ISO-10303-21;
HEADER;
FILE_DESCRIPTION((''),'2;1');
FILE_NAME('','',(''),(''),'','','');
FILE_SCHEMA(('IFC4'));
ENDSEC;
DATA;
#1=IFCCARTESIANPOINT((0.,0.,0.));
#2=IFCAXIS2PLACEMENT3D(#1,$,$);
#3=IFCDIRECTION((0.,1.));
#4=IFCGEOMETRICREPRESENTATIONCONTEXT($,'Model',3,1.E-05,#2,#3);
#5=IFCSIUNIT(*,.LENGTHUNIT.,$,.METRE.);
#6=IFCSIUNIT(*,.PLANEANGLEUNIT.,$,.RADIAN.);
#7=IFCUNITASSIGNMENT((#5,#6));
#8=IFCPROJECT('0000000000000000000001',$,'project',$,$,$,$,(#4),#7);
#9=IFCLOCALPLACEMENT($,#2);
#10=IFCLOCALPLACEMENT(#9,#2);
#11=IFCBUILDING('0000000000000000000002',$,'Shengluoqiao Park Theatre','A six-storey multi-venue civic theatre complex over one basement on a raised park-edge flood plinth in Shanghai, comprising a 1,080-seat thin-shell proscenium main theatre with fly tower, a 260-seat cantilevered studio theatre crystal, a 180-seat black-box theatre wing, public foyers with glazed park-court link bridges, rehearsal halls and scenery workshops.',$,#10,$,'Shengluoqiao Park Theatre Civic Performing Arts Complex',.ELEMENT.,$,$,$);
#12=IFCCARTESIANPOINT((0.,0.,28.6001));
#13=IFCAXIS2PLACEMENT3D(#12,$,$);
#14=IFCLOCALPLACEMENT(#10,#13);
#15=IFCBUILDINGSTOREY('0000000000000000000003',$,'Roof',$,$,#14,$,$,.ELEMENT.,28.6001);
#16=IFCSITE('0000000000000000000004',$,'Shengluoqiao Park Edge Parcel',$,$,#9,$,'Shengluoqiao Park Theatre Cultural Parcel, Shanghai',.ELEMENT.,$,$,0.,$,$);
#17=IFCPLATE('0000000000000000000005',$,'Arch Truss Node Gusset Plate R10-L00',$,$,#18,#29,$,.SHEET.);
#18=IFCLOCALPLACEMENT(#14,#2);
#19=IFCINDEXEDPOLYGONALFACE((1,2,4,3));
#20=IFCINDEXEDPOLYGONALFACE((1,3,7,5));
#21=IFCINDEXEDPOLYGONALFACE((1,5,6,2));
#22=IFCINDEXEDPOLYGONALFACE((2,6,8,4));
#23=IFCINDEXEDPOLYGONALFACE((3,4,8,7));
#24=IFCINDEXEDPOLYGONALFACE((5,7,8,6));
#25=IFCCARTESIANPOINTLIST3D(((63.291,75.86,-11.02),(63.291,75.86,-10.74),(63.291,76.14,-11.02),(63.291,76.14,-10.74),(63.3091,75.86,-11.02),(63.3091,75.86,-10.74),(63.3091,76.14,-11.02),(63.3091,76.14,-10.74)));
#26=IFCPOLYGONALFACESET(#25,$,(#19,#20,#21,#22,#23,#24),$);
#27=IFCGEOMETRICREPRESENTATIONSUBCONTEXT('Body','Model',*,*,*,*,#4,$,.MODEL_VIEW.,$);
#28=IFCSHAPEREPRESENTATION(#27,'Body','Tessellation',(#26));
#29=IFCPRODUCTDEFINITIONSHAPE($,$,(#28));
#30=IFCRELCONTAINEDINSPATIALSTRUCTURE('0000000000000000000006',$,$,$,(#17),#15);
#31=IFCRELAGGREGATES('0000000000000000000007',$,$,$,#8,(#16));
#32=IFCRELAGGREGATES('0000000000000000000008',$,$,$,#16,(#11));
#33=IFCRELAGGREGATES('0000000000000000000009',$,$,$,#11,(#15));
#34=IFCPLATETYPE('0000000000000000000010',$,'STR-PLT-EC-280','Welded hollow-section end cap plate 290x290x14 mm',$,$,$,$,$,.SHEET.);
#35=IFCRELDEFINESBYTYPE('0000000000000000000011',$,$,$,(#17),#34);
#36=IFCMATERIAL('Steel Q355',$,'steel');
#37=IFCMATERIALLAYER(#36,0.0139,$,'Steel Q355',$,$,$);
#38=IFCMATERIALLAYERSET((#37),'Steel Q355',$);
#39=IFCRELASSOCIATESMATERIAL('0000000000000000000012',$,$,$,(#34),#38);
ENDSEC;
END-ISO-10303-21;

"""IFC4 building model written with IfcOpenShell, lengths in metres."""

from ifc_helpers import new_model, si_unit, direction, frame, origin, origin_2d, place, context, subcontext, project, spatial, rectangle, extrude, material, layer, layer_set, type_object, element, save


model = new_model("IFC4")

# Units and contexts
model_context = context("Model", 3, precision=1e-05, world=origin(), true_north=direction((0.0, 1.0)))
body_context = subcontext(model_context, "Body", "Model", "MODEL_VIEW")
ifc_project = project(units=[si_unit("LENGTHUNIT", "METRE"), si_unit("PLANEANGLEUNIT", "RADIAN")], contexts=[model_context])

# Site, building, storey
site_placement = place(None, origin())
site = spatial("IfcSite", under=ifc_project, at=site_placement, Name="Shengluoqiao Park Edge Parcel", LongName="Shengluoqiao Park Theatre Cultural Parcel, Shanghai", CompositionType="ELEMENT", RefElevation=0.0)
building_placement = place(site_placement, origin())
building = spatial("IfcBuilding", under=site, at=building_placement, Name="Shengluoqiao Park Theatre", Description="A six-storey multi-venue civic theatre complex over one basement on a raised park-edge flood plinth in Shanghai, comprising a 1,080-seat thin-shell proscenium main theatre with fly tower, a 260-seat cantilevered studio theatre crystal, a 180-seat black-box theatre wing, public foyers with glazed park-court link bridges, rehearsal halls and scenery workshops.", LongName="Shengluoqiao Park Theatre Civic Performing Arts Complex", CompositionType="ELEMENT")
storey_placement = place(building_placement, frame((0.0, 0.0, 28.6001)))
storey = spatial("IfcBuildingStorey", under=building, at=storey_placement, Name="Roof", CompositionType="ELEMENT", Elevation=28.6001)

# Shared definitions
ifc_material_1 = material(Name="Steel Q355", Category="steel")

# Plate
ifc_layer = layer(ifc_material_1, 0.0139, Name="Steel Q355")
ifc_layer_set = layer_set([ifc_layer], Name="Steel Q355")
plate_type = type_object("IfcPlateType", Name="STR-PLT-EC-280", Description="Welded hollow-section end cap plate 290x290x14 mm", PredefinedType="SHEET", material=ifc_layer_set)
for number, where, z_axis, x_axis, name in (
    (1, (63.3, 76.0, -11.02), (0.0, 0.0, 1.0), (1.0, 0.0, 0.0), "Arch Truss Node Gusset Plate R10-L00"),
):
    element("IfcPlate", number, at=place(storey_placement, frame(where, z_axis=z_axis, x_axis=x_axis)), inside=storey, type_object=plate_type, Name=name, PredefinedType="SHEET", context=body_context, shape_type="SweptSolid", body=[
        extrude(rectangle(XDim=0.0181, YDim=0.28, at=origin_2d()), origin(), (0.0, 0.0, 1.0), 0.28),
    ])

save(model, "model.ifc")
